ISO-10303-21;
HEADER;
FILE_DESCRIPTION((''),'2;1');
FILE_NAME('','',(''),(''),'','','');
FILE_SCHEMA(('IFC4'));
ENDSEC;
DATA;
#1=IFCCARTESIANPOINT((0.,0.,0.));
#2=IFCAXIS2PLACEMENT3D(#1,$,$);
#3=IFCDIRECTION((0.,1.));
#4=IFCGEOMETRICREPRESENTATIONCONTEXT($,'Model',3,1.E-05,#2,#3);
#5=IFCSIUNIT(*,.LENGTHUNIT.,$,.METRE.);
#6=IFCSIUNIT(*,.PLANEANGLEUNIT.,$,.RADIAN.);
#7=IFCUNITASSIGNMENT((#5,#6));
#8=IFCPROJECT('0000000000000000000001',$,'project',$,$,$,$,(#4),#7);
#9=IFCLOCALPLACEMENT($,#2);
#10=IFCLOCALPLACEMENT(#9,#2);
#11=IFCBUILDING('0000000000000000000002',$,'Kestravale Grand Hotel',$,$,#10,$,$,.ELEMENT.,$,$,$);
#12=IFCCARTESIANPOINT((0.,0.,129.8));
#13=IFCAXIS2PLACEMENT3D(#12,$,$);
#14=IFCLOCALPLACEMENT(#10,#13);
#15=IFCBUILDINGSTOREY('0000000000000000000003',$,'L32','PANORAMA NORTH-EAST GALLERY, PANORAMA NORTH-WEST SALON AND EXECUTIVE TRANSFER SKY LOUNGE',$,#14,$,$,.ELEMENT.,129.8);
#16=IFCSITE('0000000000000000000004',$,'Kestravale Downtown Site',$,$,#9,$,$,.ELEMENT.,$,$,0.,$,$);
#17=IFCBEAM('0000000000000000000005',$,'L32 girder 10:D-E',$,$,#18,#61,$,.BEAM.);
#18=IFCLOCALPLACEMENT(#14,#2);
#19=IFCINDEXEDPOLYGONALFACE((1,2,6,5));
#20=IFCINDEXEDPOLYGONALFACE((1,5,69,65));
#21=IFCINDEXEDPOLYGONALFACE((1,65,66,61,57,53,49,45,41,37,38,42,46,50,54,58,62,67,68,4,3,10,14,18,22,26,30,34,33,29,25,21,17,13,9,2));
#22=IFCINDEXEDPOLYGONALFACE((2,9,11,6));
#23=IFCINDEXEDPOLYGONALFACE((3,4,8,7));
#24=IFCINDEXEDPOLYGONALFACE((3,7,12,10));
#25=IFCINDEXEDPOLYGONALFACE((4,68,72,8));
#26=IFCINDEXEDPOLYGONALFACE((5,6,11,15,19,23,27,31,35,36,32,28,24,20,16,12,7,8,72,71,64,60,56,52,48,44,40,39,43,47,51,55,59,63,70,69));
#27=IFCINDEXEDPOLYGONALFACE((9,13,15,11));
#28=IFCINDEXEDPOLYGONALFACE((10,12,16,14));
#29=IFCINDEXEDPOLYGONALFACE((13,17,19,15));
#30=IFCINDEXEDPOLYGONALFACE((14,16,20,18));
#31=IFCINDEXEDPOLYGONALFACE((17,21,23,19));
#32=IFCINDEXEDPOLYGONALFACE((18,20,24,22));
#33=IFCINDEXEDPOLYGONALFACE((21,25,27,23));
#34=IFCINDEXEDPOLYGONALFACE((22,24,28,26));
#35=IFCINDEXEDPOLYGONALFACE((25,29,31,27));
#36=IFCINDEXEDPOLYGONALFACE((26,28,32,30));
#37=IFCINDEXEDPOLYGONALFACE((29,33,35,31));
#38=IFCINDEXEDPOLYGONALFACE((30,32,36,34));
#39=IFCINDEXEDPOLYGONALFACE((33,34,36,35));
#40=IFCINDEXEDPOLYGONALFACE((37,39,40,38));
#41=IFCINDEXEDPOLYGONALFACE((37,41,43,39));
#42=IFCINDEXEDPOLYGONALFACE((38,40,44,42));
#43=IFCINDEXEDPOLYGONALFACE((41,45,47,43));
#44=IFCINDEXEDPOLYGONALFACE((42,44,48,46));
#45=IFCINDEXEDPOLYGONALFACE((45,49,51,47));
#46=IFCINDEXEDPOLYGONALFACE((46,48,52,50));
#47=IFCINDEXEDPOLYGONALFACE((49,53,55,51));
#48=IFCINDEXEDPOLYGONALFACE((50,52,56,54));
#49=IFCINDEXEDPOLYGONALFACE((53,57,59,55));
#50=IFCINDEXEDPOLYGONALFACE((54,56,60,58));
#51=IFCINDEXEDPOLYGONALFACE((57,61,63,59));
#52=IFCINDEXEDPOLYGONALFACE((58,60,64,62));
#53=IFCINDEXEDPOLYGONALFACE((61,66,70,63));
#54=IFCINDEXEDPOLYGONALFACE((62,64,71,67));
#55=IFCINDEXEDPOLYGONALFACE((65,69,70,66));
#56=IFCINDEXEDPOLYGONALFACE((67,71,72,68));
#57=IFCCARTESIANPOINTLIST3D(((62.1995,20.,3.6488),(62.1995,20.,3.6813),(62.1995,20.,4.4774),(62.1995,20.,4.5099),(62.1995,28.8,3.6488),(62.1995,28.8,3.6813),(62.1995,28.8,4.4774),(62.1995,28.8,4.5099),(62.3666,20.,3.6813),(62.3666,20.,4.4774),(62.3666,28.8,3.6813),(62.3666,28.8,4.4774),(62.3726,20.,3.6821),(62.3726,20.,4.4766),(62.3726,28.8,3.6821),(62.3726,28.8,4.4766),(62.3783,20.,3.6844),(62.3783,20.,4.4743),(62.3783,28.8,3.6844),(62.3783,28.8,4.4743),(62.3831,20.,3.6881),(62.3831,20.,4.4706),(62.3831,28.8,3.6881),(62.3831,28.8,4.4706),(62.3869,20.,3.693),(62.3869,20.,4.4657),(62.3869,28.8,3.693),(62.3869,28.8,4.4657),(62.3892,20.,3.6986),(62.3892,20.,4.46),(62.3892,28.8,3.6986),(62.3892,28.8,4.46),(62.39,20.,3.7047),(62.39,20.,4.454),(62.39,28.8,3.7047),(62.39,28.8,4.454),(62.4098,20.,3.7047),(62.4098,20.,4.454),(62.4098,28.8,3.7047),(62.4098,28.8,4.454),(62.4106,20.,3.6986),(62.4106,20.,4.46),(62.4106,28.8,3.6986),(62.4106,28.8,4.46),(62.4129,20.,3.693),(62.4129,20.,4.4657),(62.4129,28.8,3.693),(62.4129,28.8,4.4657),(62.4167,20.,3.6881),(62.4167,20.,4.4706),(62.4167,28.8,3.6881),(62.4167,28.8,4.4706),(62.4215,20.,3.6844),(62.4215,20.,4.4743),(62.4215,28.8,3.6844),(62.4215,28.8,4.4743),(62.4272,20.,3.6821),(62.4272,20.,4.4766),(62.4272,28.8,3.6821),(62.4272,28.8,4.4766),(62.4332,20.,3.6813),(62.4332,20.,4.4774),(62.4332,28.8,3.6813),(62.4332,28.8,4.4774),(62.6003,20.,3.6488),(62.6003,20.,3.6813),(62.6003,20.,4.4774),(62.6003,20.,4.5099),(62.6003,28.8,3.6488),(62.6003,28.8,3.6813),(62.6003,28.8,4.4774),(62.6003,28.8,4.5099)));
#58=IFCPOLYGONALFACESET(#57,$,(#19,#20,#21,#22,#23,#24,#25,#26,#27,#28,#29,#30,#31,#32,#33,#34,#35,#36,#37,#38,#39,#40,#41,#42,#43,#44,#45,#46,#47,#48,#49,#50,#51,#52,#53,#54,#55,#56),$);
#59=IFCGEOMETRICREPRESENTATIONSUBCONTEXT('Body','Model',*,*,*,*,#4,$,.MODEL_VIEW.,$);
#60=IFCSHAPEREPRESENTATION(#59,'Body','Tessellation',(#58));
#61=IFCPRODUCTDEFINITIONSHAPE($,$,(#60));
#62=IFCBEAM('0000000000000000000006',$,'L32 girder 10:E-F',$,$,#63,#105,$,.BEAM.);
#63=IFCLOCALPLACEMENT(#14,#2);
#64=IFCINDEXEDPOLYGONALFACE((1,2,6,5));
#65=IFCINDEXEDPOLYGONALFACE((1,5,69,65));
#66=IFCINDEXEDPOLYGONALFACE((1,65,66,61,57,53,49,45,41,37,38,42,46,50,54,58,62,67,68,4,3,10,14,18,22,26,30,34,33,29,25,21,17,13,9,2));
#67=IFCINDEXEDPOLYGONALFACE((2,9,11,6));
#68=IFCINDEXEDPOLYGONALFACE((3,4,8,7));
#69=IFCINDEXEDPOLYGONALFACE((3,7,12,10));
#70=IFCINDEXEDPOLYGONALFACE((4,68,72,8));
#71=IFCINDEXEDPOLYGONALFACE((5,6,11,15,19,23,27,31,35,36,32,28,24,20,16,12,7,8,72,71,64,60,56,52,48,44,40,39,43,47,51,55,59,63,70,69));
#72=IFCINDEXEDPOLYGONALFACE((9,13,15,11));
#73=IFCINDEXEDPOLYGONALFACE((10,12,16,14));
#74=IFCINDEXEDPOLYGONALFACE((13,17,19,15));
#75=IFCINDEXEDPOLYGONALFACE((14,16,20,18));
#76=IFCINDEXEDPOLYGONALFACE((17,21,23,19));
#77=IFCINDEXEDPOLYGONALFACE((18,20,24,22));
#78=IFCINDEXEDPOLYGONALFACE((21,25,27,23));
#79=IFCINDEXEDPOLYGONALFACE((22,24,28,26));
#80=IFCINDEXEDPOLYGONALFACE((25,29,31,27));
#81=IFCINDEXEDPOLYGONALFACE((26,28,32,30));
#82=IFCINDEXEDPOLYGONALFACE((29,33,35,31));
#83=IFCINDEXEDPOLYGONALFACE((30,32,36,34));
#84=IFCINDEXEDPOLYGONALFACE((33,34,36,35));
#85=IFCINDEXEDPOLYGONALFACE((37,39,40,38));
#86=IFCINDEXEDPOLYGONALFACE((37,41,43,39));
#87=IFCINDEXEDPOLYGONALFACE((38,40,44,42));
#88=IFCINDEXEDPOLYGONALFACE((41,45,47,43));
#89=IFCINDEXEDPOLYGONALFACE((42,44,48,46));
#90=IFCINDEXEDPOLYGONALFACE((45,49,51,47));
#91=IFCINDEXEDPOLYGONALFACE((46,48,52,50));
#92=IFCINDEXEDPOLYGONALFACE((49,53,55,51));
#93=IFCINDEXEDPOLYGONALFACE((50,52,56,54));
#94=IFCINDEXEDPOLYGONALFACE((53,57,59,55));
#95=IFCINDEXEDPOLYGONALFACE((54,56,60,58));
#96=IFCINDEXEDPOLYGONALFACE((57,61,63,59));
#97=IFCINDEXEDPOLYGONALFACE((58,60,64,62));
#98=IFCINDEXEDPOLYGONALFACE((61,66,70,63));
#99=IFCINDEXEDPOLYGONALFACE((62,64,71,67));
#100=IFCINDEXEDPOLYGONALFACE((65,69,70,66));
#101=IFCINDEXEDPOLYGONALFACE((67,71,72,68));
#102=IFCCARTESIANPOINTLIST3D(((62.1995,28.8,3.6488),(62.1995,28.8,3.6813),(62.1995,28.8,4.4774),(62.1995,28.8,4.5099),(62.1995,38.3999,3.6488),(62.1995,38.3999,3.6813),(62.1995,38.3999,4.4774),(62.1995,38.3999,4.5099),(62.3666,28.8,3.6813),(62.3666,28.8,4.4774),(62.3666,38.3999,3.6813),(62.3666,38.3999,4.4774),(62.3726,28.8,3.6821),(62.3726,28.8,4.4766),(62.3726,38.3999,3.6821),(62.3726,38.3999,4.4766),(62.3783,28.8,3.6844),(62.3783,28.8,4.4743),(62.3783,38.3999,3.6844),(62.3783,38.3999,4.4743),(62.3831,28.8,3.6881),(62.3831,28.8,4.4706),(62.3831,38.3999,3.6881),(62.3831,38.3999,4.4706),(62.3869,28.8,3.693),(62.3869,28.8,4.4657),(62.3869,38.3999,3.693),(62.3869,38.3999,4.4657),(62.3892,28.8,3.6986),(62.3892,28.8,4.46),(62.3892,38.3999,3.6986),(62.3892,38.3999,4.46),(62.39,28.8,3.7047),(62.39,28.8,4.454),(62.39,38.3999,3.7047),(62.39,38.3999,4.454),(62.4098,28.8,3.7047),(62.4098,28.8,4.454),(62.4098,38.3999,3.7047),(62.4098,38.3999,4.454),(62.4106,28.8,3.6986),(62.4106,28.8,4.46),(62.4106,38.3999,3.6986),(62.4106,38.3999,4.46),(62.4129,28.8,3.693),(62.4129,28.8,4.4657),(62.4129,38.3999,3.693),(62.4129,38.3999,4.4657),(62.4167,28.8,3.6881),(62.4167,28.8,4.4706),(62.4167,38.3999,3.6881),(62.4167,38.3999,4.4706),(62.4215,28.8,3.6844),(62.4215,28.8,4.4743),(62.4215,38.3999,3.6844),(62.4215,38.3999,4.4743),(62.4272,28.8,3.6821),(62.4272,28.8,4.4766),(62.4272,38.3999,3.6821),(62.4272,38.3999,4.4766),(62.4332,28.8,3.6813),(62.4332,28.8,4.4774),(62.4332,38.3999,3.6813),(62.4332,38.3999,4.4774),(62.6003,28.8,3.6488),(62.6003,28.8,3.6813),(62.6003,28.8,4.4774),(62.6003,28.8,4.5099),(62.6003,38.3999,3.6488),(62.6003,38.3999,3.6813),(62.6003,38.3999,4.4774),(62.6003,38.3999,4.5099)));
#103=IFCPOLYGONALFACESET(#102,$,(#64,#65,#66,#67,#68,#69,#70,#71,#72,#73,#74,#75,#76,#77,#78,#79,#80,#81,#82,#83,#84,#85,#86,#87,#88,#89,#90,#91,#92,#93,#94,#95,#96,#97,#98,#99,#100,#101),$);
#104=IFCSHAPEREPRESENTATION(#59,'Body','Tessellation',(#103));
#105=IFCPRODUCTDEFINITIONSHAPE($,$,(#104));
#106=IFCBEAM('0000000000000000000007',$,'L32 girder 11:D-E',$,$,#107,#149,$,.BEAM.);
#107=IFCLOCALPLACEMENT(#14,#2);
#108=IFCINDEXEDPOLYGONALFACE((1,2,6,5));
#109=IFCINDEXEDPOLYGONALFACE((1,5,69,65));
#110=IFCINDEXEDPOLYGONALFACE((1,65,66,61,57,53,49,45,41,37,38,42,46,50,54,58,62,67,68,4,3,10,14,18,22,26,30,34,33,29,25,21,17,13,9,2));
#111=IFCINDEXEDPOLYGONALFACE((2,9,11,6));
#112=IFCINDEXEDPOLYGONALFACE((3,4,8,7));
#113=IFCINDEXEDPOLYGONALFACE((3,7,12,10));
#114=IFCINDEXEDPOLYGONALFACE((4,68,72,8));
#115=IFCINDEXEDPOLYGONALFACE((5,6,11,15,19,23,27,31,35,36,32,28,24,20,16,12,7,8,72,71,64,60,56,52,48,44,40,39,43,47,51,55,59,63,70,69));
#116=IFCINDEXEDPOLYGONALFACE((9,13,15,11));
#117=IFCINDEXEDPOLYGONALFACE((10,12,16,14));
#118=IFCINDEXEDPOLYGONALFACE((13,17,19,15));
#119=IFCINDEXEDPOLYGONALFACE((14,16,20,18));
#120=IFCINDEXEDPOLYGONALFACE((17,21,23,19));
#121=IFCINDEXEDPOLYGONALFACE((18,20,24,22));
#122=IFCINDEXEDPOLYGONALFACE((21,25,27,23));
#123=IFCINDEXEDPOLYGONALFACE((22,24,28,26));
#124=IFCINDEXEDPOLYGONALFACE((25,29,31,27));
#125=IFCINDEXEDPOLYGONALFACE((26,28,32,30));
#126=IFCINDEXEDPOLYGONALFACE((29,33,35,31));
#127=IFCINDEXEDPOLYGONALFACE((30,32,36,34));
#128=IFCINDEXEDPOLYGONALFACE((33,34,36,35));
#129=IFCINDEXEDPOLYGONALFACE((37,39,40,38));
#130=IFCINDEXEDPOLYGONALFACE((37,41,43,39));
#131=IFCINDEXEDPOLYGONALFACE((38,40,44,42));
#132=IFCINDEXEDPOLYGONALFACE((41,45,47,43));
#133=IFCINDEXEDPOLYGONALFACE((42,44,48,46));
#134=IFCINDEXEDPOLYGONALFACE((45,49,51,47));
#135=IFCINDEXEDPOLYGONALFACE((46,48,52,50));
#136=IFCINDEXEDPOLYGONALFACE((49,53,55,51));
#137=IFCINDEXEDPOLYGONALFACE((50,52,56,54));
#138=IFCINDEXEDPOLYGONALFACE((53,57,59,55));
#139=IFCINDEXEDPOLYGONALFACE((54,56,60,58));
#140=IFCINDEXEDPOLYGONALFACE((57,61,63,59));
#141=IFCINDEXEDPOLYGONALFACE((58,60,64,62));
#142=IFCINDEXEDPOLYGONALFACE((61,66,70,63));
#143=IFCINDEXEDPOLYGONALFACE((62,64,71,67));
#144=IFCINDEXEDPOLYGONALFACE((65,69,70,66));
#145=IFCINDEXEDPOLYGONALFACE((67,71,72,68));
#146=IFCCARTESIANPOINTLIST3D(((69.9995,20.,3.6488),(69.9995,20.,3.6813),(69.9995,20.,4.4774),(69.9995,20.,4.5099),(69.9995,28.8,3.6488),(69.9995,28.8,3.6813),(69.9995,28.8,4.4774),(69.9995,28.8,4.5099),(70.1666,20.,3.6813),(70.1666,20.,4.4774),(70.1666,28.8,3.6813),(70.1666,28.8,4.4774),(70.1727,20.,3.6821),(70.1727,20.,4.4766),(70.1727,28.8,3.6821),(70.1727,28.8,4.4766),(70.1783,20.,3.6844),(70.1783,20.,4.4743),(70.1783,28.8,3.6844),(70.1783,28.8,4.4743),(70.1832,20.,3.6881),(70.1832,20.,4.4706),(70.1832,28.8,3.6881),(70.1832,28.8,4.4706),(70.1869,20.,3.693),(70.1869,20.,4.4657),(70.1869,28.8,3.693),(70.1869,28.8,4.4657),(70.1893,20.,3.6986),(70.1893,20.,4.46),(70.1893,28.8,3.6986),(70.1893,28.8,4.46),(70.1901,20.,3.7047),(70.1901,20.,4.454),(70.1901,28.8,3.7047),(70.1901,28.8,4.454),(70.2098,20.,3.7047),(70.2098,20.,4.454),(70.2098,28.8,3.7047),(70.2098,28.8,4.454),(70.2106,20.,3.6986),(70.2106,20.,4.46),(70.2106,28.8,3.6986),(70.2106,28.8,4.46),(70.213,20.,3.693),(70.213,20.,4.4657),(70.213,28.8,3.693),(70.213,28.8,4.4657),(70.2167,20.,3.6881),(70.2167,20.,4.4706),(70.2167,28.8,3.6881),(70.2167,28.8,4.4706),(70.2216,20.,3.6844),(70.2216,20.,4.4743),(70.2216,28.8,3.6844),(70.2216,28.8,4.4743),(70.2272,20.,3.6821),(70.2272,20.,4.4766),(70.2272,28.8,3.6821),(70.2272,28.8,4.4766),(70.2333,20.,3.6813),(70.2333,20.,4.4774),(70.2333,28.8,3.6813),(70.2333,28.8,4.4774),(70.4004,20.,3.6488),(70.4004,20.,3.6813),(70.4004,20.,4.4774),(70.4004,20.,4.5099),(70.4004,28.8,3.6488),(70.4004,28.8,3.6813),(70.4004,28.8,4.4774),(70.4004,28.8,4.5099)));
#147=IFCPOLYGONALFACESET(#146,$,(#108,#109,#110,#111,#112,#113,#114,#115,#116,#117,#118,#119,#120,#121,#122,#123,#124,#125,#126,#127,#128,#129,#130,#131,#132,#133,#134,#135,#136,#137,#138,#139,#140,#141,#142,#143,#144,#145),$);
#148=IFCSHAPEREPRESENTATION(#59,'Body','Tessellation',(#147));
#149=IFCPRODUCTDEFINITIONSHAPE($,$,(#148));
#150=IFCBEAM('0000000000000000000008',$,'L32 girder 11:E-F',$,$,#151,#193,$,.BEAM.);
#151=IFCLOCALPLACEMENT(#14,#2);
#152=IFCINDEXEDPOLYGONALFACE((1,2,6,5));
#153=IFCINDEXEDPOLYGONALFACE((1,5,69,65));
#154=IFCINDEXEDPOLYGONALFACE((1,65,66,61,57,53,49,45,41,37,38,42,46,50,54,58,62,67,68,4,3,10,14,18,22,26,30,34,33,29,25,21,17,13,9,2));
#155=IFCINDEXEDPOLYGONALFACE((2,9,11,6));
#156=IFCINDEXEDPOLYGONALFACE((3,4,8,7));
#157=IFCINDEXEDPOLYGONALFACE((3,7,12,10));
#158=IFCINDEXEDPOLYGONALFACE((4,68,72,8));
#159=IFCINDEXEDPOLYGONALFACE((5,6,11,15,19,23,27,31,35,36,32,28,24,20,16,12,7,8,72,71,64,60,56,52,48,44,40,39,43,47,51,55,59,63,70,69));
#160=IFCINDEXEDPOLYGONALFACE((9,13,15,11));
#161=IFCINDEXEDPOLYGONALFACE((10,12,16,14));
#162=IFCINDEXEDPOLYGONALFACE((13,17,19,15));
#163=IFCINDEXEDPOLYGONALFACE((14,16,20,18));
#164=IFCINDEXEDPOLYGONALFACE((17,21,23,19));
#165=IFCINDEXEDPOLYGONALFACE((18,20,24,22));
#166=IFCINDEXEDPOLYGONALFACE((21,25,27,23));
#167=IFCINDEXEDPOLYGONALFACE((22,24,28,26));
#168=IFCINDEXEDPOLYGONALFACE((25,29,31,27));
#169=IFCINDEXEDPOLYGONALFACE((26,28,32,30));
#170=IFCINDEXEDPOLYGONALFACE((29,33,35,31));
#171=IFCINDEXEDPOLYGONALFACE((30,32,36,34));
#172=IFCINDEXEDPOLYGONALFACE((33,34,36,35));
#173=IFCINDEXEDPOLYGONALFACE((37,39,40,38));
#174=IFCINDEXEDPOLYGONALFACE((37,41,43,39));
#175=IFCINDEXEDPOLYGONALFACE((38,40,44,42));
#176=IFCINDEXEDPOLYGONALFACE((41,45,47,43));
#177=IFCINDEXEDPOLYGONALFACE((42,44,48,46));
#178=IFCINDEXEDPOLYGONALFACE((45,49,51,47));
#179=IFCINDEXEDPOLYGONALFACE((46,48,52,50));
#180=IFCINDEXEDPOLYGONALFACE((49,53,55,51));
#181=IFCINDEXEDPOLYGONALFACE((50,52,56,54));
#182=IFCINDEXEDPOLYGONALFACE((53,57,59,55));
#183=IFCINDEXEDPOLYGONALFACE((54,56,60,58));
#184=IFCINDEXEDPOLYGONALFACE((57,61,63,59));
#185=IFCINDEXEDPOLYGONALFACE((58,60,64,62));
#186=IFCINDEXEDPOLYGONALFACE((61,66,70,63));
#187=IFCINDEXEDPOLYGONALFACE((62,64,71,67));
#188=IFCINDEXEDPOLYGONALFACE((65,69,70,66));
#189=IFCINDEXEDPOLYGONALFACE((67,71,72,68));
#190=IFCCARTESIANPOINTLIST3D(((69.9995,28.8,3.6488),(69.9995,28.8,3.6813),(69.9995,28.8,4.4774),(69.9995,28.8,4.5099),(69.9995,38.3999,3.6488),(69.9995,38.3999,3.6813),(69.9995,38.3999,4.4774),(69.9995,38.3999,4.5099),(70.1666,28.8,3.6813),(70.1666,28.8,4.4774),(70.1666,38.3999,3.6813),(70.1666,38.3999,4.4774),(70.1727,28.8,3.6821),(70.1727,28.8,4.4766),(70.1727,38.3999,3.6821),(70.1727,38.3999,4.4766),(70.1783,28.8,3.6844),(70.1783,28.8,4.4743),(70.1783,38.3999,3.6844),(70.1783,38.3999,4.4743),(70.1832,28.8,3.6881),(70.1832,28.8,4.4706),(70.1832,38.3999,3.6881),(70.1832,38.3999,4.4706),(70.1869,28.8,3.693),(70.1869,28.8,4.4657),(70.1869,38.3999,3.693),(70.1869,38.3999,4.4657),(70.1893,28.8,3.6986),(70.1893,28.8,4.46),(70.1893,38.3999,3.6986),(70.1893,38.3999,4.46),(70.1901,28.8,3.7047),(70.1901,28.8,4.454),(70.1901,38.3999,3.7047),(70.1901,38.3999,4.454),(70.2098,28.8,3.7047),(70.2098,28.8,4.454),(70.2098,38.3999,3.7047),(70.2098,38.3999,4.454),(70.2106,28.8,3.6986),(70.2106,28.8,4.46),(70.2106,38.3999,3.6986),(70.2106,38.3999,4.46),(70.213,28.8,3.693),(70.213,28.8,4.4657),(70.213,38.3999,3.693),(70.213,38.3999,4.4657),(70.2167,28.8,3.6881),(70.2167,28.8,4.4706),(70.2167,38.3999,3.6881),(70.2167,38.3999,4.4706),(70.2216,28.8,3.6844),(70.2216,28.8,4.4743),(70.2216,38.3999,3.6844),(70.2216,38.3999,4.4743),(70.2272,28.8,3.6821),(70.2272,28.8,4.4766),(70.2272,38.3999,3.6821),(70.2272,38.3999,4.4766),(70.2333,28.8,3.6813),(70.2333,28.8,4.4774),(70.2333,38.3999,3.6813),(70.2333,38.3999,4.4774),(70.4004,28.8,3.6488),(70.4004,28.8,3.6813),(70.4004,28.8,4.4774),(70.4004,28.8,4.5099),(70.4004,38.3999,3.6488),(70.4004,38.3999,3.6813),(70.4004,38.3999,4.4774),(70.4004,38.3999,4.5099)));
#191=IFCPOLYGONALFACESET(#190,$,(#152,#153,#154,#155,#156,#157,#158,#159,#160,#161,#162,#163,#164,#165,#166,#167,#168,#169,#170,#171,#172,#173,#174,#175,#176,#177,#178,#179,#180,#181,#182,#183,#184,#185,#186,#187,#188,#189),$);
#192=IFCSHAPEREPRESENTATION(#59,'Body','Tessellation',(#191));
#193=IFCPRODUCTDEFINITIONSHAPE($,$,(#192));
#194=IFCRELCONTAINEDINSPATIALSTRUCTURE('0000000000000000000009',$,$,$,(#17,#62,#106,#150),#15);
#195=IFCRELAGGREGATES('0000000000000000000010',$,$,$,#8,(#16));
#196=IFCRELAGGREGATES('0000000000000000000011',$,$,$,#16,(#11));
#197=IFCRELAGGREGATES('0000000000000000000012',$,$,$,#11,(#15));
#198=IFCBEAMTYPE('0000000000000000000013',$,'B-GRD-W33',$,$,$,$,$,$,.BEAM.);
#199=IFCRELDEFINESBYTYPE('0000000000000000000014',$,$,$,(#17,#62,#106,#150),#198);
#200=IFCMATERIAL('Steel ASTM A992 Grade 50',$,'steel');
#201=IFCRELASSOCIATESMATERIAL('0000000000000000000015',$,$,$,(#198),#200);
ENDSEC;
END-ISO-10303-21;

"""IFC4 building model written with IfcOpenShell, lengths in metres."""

from ifc_helpers import new_model, si_unit, direction, frame, origin, origin_2d, place, context, subcontext, project, spatial, i_section, extrude, material, material_profile, profile_set, type_object, element, save


model = new_model("IFC4")

# Units and contexts
model_context = context("Model", 3, precision=1e-05, world=origin(), true_north=direction((0.0, 1.0)))
body_context = subcontext(model_context, "Body", "Model", "MODEL_VIEW")
ifc_project = project(units=[si_unit("LENGTHUNIT", "METRE"), si_unit("PLANEANGLEUNIT", "RADIAN")], contexts=[model_context])

# Site, building, storey
site_placement = place(None, origin())
site = spatial("IfcSite", under=ifc_project, at=site_placement, Name="Kestravale Downtown Site", CompositionType="ELEMENT", RefElevation=0.0)
building_placement = place(site_placement, origin())
building = spatial("IfcBuilding", under=site, at=building_placement, Name="Kestravale Grand Hotel", CompositionType="ELEMENT")
storey_placement = place(building_placement, frame((0.0, 0.0, 129.8)))
storey = spatial("IfcBuildingStorey", under=building, at=storey_placement, Name="L32", Description="PANORAMA NORTH-EAST GALLERY, PANORAMA NORTH-WEST SALON AND EXECUTIVE TRANSFER SKY LOUNGE", CompositionType="ELEMENT", Elevation=129.8)

# Beams
ifc_material_1 = material(Name="Steel ASTM A992 Grade 50", Category="steel")
ifc_material_profile_1 = material_profile(ifc_material_1, i_section(OverallWidth=0.4009, OverallDepth=0.8611, WebThickness=0.0198, FlangeThickness=0.0325, FilletRadius=0.0234, at=origin_2d()))
ifc_profile_set_1 = profile_set([ifc_material_profile_1], Name="Steel ASTM A992 Grade 50")
beam_type_1 = type_object("IfcBeamType", Name="B-GRD-W33", PredefinedType="BEAM", material=ifc_profile_set_1)
beam_1_placement = place(storey_placement, frame((62.3999, 20.0, 4.0793), z_axis=(0.0, 1.0, 0.0), x_axis=(-1.0, 0.0, 0.0)))
element("IfcBeam", 1, at=beam_1_placement, inside=storey, type_object=beam_type_1, Name="L32 girder 10:D-E", PredefinedType="BEAM", context=body_context, shape_type="SweptSolid", body=[
    extrude(i_section(OverallWidth=0.4009, OverallDepth=0.8611, WebThickness=0.0198, FlangeThickness=0.0325, FilletRadius=0.0234, at=origin_2d()), origin(), (0.0, 0.0, 1.0), 8.8),
])
beam_2_placement = place(storey_placement, frame((62.3999, 28.8, 4.0793), z_axis=(0.0, 1.0, 0.0), x_axis=(-1.0, 0.0, 0.0)))
element("IfcBeam", 2, at=beam_2_placement, inside=storey, type_object=beam_type_1, Name="L32 girder 10:E-F", PredefinedType="BEAM", context=body_context, shape_type="SweptSolid", body=[
    extrude(i_section(OverallWidth=0.4009, OverallDepth=0.8611, WebThickness=0.0198, FlangeThickness=0.0325, FilletRadius=0.0234, at=origin_2d()), origin(), (0.0, 0.0, 1.0), 9.5999),
])
beam_3_placement = place(storey_placement, frame((70.2, 20.0, 4.0793), z_axis=(0.0, 1.0, 0.0), x_axis=(-1.0, 0.0, 0.0)))
element("IfcBeam", 3, at=beam_3_placement, inside=storey, type_object=beam_type_1, Name="L32 girder 11:D-E", PredefinedType="BEAM", context=body_context, shape_type="SweptSolid", body=[
    extrude(i_section(OverallWidth=0.4009, OverallDepth=0.8611, WebThickness=0.0198, FlangeThickness=0.0325, FilletRadius=0.0234, at=origin_2d()), origin(), (0.0, 0.0, 1.0), 8.8),
])
beam_4_placement = place(storey_placement, frame((70.2, 28.8, 4.0793), z_axis=(0.0, 1.0, 0.0), x_axis=(-1.0, 0.0, 0.0)))
element("IfcBeam", 4, at=beam_4_placement, inside=storey, type_object=beam_type_1, Name="L32 girder 11:E-F", PredefinedType="BEAM", context=body_context, shape_type="SweptSolid", body=[
    extrude(i_section(OverallWidth=0.4009, OverallDepth=0.8611, WebThickness=0.0198, FlangeThickness=0.0325, FilletRadius=0.0234, at=origin_2d()), origin(), (0.0, 0.0, 1.0), 9.5999),
])

save(model, "model.ifc")
